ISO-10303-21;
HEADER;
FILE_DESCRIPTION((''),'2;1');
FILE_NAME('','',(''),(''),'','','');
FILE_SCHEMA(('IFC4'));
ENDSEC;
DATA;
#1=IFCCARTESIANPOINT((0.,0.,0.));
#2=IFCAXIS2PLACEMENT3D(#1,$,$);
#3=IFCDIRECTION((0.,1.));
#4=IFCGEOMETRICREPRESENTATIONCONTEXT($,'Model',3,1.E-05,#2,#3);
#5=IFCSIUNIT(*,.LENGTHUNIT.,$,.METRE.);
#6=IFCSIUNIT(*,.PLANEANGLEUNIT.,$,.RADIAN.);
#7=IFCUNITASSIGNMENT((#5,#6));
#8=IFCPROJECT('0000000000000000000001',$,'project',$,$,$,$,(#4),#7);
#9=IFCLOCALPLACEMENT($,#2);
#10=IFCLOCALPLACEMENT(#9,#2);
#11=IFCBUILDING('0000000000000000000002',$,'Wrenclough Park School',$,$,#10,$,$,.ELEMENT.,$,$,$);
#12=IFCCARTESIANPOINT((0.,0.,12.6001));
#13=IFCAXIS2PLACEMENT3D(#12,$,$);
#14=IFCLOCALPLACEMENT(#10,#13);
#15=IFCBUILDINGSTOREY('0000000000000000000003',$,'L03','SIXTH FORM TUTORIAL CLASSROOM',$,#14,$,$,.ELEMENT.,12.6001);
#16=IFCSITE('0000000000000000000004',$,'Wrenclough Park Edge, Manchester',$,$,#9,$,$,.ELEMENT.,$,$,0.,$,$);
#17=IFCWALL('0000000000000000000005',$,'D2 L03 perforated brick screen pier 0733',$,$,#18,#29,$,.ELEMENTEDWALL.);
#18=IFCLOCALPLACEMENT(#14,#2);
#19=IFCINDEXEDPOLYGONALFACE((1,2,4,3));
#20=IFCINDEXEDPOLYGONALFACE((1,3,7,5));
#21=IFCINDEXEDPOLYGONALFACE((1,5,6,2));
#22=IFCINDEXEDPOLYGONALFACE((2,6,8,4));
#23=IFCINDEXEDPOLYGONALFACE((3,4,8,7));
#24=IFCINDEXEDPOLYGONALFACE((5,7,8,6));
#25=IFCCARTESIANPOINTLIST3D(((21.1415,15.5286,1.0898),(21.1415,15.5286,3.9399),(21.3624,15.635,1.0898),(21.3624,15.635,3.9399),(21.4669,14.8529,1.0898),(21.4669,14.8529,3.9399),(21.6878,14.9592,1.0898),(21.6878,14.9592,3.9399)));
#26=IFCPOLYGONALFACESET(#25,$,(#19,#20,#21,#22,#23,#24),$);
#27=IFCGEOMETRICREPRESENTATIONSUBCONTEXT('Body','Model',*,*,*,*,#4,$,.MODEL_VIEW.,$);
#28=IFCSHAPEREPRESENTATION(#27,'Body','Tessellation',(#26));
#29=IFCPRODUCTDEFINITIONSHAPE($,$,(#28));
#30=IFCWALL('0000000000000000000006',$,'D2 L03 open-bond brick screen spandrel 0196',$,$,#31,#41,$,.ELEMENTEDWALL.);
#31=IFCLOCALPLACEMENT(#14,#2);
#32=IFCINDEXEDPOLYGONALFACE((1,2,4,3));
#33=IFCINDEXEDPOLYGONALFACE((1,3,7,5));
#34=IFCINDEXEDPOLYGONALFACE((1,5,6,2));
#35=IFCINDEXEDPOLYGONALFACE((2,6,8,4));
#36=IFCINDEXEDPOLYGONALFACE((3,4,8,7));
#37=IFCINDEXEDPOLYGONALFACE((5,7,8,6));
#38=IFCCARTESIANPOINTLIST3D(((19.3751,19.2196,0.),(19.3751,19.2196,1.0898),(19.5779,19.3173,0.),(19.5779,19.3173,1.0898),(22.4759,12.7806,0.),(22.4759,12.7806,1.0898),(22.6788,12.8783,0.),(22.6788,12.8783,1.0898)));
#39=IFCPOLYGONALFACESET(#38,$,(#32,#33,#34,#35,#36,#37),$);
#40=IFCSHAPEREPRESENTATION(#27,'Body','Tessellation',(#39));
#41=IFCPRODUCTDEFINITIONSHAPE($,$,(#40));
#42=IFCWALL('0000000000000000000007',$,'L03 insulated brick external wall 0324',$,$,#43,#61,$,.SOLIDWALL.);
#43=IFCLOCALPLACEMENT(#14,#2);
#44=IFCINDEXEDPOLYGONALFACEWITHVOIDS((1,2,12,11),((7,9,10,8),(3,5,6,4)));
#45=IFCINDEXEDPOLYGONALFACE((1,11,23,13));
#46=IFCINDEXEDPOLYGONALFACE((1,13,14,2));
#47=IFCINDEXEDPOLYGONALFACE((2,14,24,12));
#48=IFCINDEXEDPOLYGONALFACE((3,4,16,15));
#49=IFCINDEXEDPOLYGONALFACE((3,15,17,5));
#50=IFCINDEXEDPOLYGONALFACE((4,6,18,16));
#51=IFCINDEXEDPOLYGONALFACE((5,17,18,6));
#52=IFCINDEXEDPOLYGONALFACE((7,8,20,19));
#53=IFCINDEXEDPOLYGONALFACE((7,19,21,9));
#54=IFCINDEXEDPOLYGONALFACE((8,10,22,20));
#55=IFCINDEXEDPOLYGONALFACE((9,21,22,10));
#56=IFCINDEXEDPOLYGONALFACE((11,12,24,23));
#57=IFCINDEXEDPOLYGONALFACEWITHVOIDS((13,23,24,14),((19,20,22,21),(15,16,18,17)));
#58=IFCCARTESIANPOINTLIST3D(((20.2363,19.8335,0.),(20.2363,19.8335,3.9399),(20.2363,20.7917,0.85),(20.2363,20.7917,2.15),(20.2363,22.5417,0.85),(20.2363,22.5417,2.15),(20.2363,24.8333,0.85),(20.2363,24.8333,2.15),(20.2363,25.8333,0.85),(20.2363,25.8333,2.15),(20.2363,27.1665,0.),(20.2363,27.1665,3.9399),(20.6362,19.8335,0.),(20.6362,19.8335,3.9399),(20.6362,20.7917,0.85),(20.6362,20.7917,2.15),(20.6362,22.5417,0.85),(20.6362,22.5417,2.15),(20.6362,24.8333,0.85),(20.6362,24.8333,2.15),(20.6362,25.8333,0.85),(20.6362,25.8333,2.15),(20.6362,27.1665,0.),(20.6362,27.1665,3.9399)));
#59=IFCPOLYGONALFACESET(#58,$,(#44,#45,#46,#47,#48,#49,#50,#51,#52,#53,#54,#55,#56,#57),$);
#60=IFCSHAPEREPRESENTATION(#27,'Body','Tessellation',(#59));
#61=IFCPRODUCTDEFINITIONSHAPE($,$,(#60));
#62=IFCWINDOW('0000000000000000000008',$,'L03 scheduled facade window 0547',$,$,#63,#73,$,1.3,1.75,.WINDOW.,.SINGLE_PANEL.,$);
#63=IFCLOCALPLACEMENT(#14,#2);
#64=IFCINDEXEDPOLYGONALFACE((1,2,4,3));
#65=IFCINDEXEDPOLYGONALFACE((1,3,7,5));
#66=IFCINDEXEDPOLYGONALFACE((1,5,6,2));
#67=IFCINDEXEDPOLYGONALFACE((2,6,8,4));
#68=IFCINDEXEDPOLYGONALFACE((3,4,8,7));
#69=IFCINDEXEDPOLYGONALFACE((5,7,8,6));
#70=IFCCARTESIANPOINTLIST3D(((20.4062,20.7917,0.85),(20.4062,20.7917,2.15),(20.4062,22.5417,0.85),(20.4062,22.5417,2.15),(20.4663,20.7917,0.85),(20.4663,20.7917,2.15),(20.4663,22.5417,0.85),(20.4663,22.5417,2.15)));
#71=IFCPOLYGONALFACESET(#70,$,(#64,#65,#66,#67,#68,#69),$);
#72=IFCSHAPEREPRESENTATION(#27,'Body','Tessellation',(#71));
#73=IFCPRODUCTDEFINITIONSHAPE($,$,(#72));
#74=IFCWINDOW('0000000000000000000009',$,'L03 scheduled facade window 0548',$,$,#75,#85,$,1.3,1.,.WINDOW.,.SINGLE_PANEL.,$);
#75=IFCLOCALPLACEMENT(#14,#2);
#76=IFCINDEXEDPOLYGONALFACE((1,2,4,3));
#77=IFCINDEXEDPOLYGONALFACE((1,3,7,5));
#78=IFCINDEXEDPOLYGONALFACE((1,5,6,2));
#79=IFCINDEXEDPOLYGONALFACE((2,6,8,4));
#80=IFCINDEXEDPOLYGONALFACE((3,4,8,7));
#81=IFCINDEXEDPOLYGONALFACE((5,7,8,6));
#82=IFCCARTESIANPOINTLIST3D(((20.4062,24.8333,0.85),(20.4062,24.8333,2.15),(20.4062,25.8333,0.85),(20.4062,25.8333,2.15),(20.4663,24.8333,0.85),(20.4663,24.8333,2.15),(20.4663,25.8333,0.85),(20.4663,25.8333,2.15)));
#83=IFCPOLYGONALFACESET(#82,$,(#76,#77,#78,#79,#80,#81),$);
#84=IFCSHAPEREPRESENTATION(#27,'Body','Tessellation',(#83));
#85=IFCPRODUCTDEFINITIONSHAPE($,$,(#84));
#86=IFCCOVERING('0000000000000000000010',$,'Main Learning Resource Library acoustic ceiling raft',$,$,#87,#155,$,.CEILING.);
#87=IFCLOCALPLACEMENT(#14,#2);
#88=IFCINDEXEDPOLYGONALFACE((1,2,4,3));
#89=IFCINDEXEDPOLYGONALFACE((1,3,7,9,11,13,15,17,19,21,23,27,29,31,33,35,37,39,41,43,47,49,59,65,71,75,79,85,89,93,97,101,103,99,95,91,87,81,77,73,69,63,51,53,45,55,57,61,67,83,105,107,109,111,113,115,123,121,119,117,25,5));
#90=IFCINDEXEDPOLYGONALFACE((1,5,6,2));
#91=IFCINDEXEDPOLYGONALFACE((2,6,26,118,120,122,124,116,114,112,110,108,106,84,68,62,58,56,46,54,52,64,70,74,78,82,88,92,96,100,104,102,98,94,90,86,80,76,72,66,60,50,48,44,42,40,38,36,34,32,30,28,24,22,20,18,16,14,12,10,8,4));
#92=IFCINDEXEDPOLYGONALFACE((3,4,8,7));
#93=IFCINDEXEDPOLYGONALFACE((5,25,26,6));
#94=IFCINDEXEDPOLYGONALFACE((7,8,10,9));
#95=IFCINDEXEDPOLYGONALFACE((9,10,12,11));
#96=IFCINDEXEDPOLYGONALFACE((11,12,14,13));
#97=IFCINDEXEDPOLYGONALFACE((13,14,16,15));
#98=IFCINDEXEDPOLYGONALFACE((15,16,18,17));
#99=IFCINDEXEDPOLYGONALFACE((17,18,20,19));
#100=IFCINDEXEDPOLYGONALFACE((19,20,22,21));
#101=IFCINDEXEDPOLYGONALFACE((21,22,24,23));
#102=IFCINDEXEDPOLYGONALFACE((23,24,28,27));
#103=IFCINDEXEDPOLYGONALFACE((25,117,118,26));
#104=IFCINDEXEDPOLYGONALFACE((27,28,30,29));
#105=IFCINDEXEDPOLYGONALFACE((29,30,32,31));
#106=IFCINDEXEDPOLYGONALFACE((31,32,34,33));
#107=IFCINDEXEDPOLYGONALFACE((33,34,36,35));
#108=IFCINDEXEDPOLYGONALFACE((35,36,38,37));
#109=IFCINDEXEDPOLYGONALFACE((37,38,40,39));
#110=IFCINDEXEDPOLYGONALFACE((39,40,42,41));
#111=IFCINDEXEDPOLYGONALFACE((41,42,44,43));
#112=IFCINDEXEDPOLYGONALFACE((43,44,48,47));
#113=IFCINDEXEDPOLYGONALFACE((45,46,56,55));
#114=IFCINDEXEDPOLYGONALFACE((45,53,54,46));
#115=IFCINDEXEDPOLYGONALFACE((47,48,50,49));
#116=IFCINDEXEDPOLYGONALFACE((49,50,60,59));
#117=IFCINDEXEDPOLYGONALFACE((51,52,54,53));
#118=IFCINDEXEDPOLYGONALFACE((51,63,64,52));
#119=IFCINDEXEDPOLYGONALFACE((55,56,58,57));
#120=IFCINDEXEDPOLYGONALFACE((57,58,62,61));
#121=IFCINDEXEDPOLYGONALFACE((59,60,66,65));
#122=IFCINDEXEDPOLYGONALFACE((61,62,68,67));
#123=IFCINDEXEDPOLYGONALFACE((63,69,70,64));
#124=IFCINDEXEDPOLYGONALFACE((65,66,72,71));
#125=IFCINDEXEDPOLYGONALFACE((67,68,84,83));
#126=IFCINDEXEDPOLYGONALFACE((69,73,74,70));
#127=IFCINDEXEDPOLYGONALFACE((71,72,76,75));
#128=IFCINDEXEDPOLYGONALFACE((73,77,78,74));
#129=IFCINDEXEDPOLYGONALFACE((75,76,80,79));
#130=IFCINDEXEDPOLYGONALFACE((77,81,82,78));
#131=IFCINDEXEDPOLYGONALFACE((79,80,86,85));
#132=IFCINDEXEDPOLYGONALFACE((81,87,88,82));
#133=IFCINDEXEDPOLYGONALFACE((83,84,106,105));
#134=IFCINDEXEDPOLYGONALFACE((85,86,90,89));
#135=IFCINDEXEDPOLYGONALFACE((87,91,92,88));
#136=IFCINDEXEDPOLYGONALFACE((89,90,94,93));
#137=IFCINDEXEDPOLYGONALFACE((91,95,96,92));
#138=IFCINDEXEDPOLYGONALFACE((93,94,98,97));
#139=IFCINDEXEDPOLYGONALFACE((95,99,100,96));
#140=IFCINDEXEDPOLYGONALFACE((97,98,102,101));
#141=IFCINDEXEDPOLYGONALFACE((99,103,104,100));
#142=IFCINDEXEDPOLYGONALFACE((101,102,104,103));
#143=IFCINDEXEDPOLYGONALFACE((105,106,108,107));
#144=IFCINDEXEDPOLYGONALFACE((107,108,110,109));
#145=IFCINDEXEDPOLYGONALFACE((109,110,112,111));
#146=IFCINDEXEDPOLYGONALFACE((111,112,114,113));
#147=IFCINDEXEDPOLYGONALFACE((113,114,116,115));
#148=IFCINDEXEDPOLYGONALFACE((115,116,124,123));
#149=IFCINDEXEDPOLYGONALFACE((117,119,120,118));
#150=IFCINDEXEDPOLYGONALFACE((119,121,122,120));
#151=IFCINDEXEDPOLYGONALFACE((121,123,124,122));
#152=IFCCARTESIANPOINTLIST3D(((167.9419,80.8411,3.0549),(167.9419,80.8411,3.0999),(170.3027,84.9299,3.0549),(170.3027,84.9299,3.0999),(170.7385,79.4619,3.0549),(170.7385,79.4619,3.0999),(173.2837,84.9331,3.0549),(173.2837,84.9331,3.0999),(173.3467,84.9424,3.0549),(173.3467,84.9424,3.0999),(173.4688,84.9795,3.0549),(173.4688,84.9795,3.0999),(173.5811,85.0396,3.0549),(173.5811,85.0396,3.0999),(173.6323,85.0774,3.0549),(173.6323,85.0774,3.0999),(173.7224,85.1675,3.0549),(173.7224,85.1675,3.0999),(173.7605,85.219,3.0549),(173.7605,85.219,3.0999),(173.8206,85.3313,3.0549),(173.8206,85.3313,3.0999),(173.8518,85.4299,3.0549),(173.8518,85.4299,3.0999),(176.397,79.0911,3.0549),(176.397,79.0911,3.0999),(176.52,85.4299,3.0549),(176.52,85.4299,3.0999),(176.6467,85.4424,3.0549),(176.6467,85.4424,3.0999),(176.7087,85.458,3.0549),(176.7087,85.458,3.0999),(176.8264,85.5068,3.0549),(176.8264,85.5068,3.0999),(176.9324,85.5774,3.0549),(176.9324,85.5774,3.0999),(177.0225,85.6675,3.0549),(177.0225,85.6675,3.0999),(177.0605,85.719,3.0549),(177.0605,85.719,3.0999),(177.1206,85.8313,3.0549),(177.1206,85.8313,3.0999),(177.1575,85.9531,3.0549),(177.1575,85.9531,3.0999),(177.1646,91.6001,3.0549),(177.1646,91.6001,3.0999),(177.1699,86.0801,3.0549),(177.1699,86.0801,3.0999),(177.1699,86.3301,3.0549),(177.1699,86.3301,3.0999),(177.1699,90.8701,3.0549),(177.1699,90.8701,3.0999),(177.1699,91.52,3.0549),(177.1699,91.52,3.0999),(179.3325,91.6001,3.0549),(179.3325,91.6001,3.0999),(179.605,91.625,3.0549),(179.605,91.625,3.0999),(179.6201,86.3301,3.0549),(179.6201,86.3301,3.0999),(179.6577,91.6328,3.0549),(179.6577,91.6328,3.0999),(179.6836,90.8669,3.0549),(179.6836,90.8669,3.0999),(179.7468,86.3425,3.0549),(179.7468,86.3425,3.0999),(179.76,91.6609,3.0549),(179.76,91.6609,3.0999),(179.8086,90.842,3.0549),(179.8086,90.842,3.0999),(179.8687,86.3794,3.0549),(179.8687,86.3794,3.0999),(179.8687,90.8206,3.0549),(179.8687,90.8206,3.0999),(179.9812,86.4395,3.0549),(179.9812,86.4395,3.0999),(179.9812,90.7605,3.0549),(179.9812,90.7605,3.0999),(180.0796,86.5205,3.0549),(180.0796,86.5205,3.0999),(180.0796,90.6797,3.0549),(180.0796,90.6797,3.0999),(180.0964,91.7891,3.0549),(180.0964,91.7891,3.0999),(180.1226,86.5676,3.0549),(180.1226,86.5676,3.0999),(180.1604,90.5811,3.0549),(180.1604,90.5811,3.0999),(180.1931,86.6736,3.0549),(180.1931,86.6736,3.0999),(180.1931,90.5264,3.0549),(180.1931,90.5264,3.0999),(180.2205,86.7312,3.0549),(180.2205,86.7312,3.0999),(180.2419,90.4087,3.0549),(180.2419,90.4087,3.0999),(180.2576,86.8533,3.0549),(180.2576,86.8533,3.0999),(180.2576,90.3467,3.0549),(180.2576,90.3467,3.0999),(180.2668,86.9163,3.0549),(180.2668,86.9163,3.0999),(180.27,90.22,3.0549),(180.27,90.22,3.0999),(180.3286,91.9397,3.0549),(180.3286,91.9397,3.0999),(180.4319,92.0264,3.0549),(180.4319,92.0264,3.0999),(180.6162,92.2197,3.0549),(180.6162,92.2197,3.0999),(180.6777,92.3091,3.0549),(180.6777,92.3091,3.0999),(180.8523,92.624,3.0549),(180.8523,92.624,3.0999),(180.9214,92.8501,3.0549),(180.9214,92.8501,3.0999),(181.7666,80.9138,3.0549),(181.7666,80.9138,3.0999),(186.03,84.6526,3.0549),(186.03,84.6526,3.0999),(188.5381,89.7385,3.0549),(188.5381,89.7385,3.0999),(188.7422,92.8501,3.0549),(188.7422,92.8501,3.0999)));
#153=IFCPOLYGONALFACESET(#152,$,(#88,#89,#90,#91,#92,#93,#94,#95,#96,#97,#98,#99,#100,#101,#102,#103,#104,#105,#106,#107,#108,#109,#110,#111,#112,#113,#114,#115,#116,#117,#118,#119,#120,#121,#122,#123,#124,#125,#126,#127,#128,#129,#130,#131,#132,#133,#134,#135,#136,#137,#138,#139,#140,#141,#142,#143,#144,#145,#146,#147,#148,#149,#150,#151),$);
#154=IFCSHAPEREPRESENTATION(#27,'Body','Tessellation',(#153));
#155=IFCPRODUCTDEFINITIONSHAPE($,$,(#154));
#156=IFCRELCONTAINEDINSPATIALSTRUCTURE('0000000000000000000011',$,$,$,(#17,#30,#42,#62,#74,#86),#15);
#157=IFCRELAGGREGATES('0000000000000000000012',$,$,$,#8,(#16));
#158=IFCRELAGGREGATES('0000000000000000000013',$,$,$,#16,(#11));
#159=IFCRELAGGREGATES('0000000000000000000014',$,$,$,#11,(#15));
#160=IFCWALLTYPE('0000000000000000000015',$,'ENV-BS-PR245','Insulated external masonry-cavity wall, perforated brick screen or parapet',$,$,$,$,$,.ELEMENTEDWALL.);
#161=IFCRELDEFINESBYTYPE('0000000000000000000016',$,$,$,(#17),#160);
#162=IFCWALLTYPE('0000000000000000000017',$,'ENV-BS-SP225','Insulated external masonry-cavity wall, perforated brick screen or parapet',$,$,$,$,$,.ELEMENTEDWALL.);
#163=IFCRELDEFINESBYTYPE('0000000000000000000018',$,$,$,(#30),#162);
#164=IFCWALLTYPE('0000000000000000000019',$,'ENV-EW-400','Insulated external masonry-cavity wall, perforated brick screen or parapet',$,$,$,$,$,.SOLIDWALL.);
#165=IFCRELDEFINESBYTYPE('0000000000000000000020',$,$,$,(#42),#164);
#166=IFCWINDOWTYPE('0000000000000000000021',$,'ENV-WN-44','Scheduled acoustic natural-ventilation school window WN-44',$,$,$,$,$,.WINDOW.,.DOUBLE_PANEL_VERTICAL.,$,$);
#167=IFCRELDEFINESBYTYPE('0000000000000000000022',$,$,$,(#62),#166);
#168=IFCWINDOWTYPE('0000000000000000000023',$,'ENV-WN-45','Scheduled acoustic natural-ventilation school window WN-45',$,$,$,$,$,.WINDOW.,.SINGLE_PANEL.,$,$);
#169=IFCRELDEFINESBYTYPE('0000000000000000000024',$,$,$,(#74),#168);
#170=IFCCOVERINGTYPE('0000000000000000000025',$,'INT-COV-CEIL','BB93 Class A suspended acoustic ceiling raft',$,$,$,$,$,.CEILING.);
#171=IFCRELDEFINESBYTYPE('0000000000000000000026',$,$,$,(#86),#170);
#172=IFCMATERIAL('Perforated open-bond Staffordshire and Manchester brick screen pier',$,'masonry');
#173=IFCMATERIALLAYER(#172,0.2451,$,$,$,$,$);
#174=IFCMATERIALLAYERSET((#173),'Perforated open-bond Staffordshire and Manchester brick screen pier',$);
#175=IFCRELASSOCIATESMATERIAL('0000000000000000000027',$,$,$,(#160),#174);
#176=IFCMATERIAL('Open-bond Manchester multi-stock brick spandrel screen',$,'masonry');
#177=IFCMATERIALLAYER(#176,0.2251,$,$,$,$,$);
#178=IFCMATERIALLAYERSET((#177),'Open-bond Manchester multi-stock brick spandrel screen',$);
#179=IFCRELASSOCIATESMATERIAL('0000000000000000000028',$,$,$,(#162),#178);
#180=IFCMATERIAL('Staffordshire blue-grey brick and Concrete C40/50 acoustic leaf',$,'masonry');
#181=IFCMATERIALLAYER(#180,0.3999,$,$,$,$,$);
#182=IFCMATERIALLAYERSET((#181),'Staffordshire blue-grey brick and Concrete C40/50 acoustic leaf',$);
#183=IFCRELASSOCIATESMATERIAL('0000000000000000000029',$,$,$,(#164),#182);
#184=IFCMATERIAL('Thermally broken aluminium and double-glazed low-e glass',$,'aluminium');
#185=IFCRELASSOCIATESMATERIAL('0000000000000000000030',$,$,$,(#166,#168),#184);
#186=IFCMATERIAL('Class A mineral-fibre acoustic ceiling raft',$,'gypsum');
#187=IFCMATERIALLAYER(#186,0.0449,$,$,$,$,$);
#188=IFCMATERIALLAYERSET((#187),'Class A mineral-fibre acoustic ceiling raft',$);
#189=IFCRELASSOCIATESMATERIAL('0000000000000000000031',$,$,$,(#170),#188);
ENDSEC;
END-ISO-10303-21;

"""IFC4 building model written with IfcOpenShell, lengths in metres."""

from ifc_helpers import new_model, si_unit, direction, frame, frame_2d, origin, place, context, subcontext, project, spatial, polyline, rectangle, outline, extrude, material, layer, layer_set, type_object, element, fill, save


model = new_model("IFC4")

# Units and contexts
model_context = context("Model", 3, precision=1e-05, world=origin(), true_north=direction((0.0, 1.0)))
body_context = subcontext(model_context, "Body", "Model", "MODEL_VIEW")
ifc_project = project(units=[si_unit("LENGTHUNIT", "METRE"), si_unit("PLANEANGLEUNIT", "RADIAN")], contexts=[model_context])

# Site, building, storey
site_placement = place(None, origin())
site = spatial("IfcSite", under=ifc_project, at=site_placement, Name="Wrenclough Park Edge, Manchester", CompositionType="ELEMENT", RefElevation=0.0)
building_placement = place(site_placement, origin())
building = spatial("IfcBuilding", under=site, at=building_placement, Name="Wrenclough Park School", CompositionType="ELEMENT")
storey_placement = place(building_placement, frame((0.0, 0.0, 12.6001)))
storey = spatial("IfcBuildingStorey", under=building, at=storey_placement, Name="L03", Description="SIXTH FORM TUTORIAL CLASSROOM", CompositionType="ELEMENT", Elevation=12.6001)

# Walls
ifc_material_1 = material(Name="Perforated open-bond Staffordshire and Manchester brick screen pier", Category="masonry")
ifc_layer_1 = layer(ifc_material_1, 0.2451)
ifc_layer_set_1 = layer_set([ifc_layer_1], Name="Perforated open-bond Staffordshire and Manchester brick screen pier")
wall_type_1 = type_object("IfcWallType", Name="ENV-BS-PR245", Description="Insulated external masonry-cavity wall, perforated brick screen or parapet", PredefinedType="ELEMENTEDWALL", material=ifc_layer_set_1)
for number, where, z_axis, x_axis, name in (
    (1, (21.252, 15.5818, 1.0898), (0.0, 0.0, 1.0), (0.433884, -0.900969, 0.0), "D2 L03 perforated brick screen pier 0733"),
):
    element("IfcWall", number, at=place(storey_placement, frame(where, z_axis=z_axis, x_axis=x_axis)), inside=storey, type_object=wall_type_1, Name=name, PredefinedType="ELEMENTEDWALL", context=body_context, shape_type="SweptSolid", body=[
        extrude(rectangle(XDim=0.75, YDim=0.2451, at=frame_2d((0.375, 0.0))), origin(), (0.0, 0.0, 1.0), 2.8501),
    ])
ifc_material_2 = material(Name="Open-bond Manchester multi-stock brick spandrel screen", Category="masonry")
ifc_layer_2 = layer(ifc_material_2, 0.2251)
ifc_layer_set_2 = layer_set([ifc_layer_2], Name="Open-bond Manchester multi-stock brick spandrel screen")
wall_type_2 = type_object("IfcWallType", Name="ENV-BS-SP225", Description="Insulated external masonry-cavity wall, perforated brick screen or parapet", PredefinedType="ELEMENTEDWALL", material=ifc_layer_set_2)
wall_1_placement = place(storey_placement, frame((19.4766, 19.2683, 0.0), z_axis=(0.0, 0.0, 1.0), x_axis=(0.433882, -0.90097, 0.0)))
element("IfcWall", 2, at=wall_1_placement, inside=storey, type_object=wall_type_2, Name="D2 L03 open-bond brick screen spandrel 0196", PredefinedType="ELEMENTEDWALL", context=body_context, shape_type="SweptSolid", body=[
    extrude(rectangle(XDim=7.1467, YDim=0.2251, at=frame_2d((3.5732, 0.0))), origin(), (0.0, 0.0, 1.0), 1.0898),
])

# Wall, openings, windows
ifc_material_3 = material(Name="Staffordshire blue-grey brick and Concrete C40/50 acoustic leaf", Category="masonry")
ifc_layer_3 = layer(ifc_material_3, 0.3999)
ifc_layer_set_3 = layer_set([ifc_layer_3], Name="Staffordshire blue-grey brick and Concrete C40/50 acoustic leaf")
wall_type_3 = type_object("IfcWallType", Name="ENV-EW-400", Description="Insulated external masonry-cavity wall, perforated brick screen or parapet", PredefinedType="SOLIDWALL", material=ifc_layer_set_3)
wall_2_placement = place(storey_placement, frame((20.4363, 19.8335, 0.0), z_axis=(0.0, 0.0, 1.0), x_axis=(0.0, 1.0, 0.0)))
wall_2 = element("IfcWall", 3, at=wall_2_placement, inside=storey, type_object=wall_type_3, Name="L03 insulated brick external wall 0324", PredefinedType="SOLIDWALL", context=body_context, shape_type="SweptSolid", body=[
    extrude(rectangle(XDim=7.333, YDim=0.3999, at=frame_2d((3.6665, 0.0))), origin(), (0.0, 0.0, 1.0), 3.9399),
])
opening_1_placement = place(wall_2_placement, frame((0.9583, 0.0, 0.8501)))
opening_1 = element("IfcOpeningElement", 4, at=opening_1_placement, cuts=wall_2, PredefinedType="OPENING", context=body_context, shape_type="SweptSolid", body=[
    extrude(rectangle(XDim=1.75, YDim=1.3, at=frame_2d((0.875, 0.6499))), frame((0.0, 0.21, 0.0), z_axis=(0.0, -1.0, 0.0), x_axis=(1.0, 0.0, 0.0)), (0.0, 0.0, 1.0), 0.4199),
])
opening_2_placement = place(wall_2_placement, frame((4.9998, 0.0, 0.8501)))
opening_2 = element("IfcOpeningElement", 5, at=opening_2_placement, cuts=wall_2, PredefinedType="OPENING", context=body_context, shape_type="SweptSolid", body=[
    extrude(rectangle(XDim=1.0, YDim=1.3, at=frame_2d((0.5, 0.6499))), frame((0.0, 0.21, 0.0), z_axis=(0.0, -1.0, 0.0), x_axis=(1.0, 0.0, 0.0)), (0.0, 0.0, 1.0), 0.4199),
])
ifc_material_4 = material(Name="Thermally broken aluminium and double-glazed low-e glass", Category="aluminium")
window_type_1 = type_object("IfcWindowType", Name="ENV-WN-44", Description="Scheduled acoustic natural-ventilation school window WN-44", PartitioningType="DOUBLE_PANEL_VERTICAL", PredefinedType="WINDOW", material=ifc_material_4)
window_1_placement = place(opening_1_placement, origin())
window_1 = element("IfcWindow", 6, at=window_1_placement, inside=storey, type_object=window_type_1, Name="L03 scheduled facade window 0547", OverallHeight=1.3, OverallWidth=1.75, PartitioningType="SINGLE_PANEL", PredefinedType="WINDOW", context=body_context, shape_type="SweptSolid", body=[
    extrude(rectangle(XDim=1.75, YDim=1.3, at=frame_2d((0.875, 0.6499))), frame((0.0, 0.03, 0.0), z_axis=(0.0, -1.0, 0.0), x_axis=(1.0, 0.0, 0.0)), (0.0, 0.0, 1.0), 0.0601),
])
fill(opening_1, window_1)
window_type_2 = type_object("IfcWindowType", Name="ENV-WN-45", Description="Scheduled acoustic natural-ventilation school window WN-45", PartitioningType="SINGLE_PANEL", PredefinedType="WINDOW", material=ifc_material_4)
window_2_placement = place(opening_2_placement, origin())
window_2 = element("IfcWindow", 7, at=window_2_placement, inside=storey, type_object=window_type_2, Name="L03 scheduled facade window 0548", OverallHeight=1.3, OverallWidth=1.0, PartitioningType="SINGLE_PANEL", PredefinedType="WINDOW", context=body_context, shape_type="SweptSolid", body=[
    extrude(rectangle(XDim=1.0, YDim=1.3, at=frame_2d((0.5, 0.6499))), frame((0.0, 0.03, 0.0), z_axis=(0.0, -1.0, 0.0), x_axis=(1.0, 0.0, 0.0)), (0.0, 0.0, 1.0), 0.0601),
])
fill(opening_2, window_2)

# Covering
ifc_material_5 = material(Name="Class A mineral-fibre acoustic ceiling raft", Category="gypsum")
ifc_layer_4 = layer(ifc_material_5, 0.0449)
ifc_layer_set_4 = layer_set([ifc_layer_4], Name="Class A mineral-fibre acoustic ceiling raft")
covering_type_1 = type_object("IfcCoveringType", Name="INT-COV-CEIL", Description="BB93 Class A suspended acoustic ceiling raft", PredefinedType="CEILING", material=ifc_layer_set_4)
covering_1_placement = place(storey_placement, frame((0.0, 0.0, 3.0549)))
element("IfcCovering", 8, at=covering_1_placement, inside=storey, type_object=covering_type_1, Name="Main Learning Resource Library acoustic ceiling raft", PredefinedType="CEILING", context=body_context, shape_type="SweptSolid", body=[
    extrude(outline(polyline([(176.52, 85.4299), (173.8518, 85.4299), (173.8206, 85.3313), (173.7605, 85.219), (173.7224, 85.1675), (173.6323, 85.0774), (173.5811, 85.0396), (173.4688, 84.9795), (173.3467, 84.9424), (173.2837, 84.9331), (170.3027, 84.9299), (167.9419, 80.8411), (170.7385, 79.4619), (176.397, 79.0911), (181.7666, 80.9138), (186.03, 84.6526), (188.5381, 89.7385), (188.7422, 92.8501), (180.9214, 92.8501), (180.8523, 92.624), (180.6777, 92.3091), (180.6162, 92.2197), (180.4319, 92.0264), (180.3286, 91.9397), (180.0964, 91.7891), (179.76, 91.6609), (179.6577, 91.6328), (179.605, 91.625), (179.3325, 91.6001), (177.1646, 91.6001), (177.1699, 91.52), (177.1699, 90.8701), (179.6836, 90.8669), (179.8086, 90.842), (179.8687, 90.8206), (179.9812, 90.7605), (180.0796, 90.6797), (180.1604, 90.5811), (180.1931, 90.5264), (180.2419, 90.4087), (180.2576, 90.3467), (180.27, 90.22), (180.2668, 86.9163), (180.2576, 86.8533), (180.2205, 86.7312), (180.1931, 86.6736), (180.1226, 86.5676), (180.0796, 86.5205), (179.9812, 86.4395), (179.8687, 86.3794), (179.7468, 86.3425), (179.6201, 86.3301), (177.1699, 86.3301), (177.1699, 86.0801), (177.1575, 85.9531), (177.1206, 85.8313), (177.0605, 85.719), (177.0225, 85.6675), (176.9324, 85.5774), (176.8264, 85.5068), (176.7087, 85.458), (176.6467, 85.4424), (176.52, 85.4299)])), origin(), (0.0, 0.0, 1.0), 0.0449),
])

save(model, "model.ifc")
